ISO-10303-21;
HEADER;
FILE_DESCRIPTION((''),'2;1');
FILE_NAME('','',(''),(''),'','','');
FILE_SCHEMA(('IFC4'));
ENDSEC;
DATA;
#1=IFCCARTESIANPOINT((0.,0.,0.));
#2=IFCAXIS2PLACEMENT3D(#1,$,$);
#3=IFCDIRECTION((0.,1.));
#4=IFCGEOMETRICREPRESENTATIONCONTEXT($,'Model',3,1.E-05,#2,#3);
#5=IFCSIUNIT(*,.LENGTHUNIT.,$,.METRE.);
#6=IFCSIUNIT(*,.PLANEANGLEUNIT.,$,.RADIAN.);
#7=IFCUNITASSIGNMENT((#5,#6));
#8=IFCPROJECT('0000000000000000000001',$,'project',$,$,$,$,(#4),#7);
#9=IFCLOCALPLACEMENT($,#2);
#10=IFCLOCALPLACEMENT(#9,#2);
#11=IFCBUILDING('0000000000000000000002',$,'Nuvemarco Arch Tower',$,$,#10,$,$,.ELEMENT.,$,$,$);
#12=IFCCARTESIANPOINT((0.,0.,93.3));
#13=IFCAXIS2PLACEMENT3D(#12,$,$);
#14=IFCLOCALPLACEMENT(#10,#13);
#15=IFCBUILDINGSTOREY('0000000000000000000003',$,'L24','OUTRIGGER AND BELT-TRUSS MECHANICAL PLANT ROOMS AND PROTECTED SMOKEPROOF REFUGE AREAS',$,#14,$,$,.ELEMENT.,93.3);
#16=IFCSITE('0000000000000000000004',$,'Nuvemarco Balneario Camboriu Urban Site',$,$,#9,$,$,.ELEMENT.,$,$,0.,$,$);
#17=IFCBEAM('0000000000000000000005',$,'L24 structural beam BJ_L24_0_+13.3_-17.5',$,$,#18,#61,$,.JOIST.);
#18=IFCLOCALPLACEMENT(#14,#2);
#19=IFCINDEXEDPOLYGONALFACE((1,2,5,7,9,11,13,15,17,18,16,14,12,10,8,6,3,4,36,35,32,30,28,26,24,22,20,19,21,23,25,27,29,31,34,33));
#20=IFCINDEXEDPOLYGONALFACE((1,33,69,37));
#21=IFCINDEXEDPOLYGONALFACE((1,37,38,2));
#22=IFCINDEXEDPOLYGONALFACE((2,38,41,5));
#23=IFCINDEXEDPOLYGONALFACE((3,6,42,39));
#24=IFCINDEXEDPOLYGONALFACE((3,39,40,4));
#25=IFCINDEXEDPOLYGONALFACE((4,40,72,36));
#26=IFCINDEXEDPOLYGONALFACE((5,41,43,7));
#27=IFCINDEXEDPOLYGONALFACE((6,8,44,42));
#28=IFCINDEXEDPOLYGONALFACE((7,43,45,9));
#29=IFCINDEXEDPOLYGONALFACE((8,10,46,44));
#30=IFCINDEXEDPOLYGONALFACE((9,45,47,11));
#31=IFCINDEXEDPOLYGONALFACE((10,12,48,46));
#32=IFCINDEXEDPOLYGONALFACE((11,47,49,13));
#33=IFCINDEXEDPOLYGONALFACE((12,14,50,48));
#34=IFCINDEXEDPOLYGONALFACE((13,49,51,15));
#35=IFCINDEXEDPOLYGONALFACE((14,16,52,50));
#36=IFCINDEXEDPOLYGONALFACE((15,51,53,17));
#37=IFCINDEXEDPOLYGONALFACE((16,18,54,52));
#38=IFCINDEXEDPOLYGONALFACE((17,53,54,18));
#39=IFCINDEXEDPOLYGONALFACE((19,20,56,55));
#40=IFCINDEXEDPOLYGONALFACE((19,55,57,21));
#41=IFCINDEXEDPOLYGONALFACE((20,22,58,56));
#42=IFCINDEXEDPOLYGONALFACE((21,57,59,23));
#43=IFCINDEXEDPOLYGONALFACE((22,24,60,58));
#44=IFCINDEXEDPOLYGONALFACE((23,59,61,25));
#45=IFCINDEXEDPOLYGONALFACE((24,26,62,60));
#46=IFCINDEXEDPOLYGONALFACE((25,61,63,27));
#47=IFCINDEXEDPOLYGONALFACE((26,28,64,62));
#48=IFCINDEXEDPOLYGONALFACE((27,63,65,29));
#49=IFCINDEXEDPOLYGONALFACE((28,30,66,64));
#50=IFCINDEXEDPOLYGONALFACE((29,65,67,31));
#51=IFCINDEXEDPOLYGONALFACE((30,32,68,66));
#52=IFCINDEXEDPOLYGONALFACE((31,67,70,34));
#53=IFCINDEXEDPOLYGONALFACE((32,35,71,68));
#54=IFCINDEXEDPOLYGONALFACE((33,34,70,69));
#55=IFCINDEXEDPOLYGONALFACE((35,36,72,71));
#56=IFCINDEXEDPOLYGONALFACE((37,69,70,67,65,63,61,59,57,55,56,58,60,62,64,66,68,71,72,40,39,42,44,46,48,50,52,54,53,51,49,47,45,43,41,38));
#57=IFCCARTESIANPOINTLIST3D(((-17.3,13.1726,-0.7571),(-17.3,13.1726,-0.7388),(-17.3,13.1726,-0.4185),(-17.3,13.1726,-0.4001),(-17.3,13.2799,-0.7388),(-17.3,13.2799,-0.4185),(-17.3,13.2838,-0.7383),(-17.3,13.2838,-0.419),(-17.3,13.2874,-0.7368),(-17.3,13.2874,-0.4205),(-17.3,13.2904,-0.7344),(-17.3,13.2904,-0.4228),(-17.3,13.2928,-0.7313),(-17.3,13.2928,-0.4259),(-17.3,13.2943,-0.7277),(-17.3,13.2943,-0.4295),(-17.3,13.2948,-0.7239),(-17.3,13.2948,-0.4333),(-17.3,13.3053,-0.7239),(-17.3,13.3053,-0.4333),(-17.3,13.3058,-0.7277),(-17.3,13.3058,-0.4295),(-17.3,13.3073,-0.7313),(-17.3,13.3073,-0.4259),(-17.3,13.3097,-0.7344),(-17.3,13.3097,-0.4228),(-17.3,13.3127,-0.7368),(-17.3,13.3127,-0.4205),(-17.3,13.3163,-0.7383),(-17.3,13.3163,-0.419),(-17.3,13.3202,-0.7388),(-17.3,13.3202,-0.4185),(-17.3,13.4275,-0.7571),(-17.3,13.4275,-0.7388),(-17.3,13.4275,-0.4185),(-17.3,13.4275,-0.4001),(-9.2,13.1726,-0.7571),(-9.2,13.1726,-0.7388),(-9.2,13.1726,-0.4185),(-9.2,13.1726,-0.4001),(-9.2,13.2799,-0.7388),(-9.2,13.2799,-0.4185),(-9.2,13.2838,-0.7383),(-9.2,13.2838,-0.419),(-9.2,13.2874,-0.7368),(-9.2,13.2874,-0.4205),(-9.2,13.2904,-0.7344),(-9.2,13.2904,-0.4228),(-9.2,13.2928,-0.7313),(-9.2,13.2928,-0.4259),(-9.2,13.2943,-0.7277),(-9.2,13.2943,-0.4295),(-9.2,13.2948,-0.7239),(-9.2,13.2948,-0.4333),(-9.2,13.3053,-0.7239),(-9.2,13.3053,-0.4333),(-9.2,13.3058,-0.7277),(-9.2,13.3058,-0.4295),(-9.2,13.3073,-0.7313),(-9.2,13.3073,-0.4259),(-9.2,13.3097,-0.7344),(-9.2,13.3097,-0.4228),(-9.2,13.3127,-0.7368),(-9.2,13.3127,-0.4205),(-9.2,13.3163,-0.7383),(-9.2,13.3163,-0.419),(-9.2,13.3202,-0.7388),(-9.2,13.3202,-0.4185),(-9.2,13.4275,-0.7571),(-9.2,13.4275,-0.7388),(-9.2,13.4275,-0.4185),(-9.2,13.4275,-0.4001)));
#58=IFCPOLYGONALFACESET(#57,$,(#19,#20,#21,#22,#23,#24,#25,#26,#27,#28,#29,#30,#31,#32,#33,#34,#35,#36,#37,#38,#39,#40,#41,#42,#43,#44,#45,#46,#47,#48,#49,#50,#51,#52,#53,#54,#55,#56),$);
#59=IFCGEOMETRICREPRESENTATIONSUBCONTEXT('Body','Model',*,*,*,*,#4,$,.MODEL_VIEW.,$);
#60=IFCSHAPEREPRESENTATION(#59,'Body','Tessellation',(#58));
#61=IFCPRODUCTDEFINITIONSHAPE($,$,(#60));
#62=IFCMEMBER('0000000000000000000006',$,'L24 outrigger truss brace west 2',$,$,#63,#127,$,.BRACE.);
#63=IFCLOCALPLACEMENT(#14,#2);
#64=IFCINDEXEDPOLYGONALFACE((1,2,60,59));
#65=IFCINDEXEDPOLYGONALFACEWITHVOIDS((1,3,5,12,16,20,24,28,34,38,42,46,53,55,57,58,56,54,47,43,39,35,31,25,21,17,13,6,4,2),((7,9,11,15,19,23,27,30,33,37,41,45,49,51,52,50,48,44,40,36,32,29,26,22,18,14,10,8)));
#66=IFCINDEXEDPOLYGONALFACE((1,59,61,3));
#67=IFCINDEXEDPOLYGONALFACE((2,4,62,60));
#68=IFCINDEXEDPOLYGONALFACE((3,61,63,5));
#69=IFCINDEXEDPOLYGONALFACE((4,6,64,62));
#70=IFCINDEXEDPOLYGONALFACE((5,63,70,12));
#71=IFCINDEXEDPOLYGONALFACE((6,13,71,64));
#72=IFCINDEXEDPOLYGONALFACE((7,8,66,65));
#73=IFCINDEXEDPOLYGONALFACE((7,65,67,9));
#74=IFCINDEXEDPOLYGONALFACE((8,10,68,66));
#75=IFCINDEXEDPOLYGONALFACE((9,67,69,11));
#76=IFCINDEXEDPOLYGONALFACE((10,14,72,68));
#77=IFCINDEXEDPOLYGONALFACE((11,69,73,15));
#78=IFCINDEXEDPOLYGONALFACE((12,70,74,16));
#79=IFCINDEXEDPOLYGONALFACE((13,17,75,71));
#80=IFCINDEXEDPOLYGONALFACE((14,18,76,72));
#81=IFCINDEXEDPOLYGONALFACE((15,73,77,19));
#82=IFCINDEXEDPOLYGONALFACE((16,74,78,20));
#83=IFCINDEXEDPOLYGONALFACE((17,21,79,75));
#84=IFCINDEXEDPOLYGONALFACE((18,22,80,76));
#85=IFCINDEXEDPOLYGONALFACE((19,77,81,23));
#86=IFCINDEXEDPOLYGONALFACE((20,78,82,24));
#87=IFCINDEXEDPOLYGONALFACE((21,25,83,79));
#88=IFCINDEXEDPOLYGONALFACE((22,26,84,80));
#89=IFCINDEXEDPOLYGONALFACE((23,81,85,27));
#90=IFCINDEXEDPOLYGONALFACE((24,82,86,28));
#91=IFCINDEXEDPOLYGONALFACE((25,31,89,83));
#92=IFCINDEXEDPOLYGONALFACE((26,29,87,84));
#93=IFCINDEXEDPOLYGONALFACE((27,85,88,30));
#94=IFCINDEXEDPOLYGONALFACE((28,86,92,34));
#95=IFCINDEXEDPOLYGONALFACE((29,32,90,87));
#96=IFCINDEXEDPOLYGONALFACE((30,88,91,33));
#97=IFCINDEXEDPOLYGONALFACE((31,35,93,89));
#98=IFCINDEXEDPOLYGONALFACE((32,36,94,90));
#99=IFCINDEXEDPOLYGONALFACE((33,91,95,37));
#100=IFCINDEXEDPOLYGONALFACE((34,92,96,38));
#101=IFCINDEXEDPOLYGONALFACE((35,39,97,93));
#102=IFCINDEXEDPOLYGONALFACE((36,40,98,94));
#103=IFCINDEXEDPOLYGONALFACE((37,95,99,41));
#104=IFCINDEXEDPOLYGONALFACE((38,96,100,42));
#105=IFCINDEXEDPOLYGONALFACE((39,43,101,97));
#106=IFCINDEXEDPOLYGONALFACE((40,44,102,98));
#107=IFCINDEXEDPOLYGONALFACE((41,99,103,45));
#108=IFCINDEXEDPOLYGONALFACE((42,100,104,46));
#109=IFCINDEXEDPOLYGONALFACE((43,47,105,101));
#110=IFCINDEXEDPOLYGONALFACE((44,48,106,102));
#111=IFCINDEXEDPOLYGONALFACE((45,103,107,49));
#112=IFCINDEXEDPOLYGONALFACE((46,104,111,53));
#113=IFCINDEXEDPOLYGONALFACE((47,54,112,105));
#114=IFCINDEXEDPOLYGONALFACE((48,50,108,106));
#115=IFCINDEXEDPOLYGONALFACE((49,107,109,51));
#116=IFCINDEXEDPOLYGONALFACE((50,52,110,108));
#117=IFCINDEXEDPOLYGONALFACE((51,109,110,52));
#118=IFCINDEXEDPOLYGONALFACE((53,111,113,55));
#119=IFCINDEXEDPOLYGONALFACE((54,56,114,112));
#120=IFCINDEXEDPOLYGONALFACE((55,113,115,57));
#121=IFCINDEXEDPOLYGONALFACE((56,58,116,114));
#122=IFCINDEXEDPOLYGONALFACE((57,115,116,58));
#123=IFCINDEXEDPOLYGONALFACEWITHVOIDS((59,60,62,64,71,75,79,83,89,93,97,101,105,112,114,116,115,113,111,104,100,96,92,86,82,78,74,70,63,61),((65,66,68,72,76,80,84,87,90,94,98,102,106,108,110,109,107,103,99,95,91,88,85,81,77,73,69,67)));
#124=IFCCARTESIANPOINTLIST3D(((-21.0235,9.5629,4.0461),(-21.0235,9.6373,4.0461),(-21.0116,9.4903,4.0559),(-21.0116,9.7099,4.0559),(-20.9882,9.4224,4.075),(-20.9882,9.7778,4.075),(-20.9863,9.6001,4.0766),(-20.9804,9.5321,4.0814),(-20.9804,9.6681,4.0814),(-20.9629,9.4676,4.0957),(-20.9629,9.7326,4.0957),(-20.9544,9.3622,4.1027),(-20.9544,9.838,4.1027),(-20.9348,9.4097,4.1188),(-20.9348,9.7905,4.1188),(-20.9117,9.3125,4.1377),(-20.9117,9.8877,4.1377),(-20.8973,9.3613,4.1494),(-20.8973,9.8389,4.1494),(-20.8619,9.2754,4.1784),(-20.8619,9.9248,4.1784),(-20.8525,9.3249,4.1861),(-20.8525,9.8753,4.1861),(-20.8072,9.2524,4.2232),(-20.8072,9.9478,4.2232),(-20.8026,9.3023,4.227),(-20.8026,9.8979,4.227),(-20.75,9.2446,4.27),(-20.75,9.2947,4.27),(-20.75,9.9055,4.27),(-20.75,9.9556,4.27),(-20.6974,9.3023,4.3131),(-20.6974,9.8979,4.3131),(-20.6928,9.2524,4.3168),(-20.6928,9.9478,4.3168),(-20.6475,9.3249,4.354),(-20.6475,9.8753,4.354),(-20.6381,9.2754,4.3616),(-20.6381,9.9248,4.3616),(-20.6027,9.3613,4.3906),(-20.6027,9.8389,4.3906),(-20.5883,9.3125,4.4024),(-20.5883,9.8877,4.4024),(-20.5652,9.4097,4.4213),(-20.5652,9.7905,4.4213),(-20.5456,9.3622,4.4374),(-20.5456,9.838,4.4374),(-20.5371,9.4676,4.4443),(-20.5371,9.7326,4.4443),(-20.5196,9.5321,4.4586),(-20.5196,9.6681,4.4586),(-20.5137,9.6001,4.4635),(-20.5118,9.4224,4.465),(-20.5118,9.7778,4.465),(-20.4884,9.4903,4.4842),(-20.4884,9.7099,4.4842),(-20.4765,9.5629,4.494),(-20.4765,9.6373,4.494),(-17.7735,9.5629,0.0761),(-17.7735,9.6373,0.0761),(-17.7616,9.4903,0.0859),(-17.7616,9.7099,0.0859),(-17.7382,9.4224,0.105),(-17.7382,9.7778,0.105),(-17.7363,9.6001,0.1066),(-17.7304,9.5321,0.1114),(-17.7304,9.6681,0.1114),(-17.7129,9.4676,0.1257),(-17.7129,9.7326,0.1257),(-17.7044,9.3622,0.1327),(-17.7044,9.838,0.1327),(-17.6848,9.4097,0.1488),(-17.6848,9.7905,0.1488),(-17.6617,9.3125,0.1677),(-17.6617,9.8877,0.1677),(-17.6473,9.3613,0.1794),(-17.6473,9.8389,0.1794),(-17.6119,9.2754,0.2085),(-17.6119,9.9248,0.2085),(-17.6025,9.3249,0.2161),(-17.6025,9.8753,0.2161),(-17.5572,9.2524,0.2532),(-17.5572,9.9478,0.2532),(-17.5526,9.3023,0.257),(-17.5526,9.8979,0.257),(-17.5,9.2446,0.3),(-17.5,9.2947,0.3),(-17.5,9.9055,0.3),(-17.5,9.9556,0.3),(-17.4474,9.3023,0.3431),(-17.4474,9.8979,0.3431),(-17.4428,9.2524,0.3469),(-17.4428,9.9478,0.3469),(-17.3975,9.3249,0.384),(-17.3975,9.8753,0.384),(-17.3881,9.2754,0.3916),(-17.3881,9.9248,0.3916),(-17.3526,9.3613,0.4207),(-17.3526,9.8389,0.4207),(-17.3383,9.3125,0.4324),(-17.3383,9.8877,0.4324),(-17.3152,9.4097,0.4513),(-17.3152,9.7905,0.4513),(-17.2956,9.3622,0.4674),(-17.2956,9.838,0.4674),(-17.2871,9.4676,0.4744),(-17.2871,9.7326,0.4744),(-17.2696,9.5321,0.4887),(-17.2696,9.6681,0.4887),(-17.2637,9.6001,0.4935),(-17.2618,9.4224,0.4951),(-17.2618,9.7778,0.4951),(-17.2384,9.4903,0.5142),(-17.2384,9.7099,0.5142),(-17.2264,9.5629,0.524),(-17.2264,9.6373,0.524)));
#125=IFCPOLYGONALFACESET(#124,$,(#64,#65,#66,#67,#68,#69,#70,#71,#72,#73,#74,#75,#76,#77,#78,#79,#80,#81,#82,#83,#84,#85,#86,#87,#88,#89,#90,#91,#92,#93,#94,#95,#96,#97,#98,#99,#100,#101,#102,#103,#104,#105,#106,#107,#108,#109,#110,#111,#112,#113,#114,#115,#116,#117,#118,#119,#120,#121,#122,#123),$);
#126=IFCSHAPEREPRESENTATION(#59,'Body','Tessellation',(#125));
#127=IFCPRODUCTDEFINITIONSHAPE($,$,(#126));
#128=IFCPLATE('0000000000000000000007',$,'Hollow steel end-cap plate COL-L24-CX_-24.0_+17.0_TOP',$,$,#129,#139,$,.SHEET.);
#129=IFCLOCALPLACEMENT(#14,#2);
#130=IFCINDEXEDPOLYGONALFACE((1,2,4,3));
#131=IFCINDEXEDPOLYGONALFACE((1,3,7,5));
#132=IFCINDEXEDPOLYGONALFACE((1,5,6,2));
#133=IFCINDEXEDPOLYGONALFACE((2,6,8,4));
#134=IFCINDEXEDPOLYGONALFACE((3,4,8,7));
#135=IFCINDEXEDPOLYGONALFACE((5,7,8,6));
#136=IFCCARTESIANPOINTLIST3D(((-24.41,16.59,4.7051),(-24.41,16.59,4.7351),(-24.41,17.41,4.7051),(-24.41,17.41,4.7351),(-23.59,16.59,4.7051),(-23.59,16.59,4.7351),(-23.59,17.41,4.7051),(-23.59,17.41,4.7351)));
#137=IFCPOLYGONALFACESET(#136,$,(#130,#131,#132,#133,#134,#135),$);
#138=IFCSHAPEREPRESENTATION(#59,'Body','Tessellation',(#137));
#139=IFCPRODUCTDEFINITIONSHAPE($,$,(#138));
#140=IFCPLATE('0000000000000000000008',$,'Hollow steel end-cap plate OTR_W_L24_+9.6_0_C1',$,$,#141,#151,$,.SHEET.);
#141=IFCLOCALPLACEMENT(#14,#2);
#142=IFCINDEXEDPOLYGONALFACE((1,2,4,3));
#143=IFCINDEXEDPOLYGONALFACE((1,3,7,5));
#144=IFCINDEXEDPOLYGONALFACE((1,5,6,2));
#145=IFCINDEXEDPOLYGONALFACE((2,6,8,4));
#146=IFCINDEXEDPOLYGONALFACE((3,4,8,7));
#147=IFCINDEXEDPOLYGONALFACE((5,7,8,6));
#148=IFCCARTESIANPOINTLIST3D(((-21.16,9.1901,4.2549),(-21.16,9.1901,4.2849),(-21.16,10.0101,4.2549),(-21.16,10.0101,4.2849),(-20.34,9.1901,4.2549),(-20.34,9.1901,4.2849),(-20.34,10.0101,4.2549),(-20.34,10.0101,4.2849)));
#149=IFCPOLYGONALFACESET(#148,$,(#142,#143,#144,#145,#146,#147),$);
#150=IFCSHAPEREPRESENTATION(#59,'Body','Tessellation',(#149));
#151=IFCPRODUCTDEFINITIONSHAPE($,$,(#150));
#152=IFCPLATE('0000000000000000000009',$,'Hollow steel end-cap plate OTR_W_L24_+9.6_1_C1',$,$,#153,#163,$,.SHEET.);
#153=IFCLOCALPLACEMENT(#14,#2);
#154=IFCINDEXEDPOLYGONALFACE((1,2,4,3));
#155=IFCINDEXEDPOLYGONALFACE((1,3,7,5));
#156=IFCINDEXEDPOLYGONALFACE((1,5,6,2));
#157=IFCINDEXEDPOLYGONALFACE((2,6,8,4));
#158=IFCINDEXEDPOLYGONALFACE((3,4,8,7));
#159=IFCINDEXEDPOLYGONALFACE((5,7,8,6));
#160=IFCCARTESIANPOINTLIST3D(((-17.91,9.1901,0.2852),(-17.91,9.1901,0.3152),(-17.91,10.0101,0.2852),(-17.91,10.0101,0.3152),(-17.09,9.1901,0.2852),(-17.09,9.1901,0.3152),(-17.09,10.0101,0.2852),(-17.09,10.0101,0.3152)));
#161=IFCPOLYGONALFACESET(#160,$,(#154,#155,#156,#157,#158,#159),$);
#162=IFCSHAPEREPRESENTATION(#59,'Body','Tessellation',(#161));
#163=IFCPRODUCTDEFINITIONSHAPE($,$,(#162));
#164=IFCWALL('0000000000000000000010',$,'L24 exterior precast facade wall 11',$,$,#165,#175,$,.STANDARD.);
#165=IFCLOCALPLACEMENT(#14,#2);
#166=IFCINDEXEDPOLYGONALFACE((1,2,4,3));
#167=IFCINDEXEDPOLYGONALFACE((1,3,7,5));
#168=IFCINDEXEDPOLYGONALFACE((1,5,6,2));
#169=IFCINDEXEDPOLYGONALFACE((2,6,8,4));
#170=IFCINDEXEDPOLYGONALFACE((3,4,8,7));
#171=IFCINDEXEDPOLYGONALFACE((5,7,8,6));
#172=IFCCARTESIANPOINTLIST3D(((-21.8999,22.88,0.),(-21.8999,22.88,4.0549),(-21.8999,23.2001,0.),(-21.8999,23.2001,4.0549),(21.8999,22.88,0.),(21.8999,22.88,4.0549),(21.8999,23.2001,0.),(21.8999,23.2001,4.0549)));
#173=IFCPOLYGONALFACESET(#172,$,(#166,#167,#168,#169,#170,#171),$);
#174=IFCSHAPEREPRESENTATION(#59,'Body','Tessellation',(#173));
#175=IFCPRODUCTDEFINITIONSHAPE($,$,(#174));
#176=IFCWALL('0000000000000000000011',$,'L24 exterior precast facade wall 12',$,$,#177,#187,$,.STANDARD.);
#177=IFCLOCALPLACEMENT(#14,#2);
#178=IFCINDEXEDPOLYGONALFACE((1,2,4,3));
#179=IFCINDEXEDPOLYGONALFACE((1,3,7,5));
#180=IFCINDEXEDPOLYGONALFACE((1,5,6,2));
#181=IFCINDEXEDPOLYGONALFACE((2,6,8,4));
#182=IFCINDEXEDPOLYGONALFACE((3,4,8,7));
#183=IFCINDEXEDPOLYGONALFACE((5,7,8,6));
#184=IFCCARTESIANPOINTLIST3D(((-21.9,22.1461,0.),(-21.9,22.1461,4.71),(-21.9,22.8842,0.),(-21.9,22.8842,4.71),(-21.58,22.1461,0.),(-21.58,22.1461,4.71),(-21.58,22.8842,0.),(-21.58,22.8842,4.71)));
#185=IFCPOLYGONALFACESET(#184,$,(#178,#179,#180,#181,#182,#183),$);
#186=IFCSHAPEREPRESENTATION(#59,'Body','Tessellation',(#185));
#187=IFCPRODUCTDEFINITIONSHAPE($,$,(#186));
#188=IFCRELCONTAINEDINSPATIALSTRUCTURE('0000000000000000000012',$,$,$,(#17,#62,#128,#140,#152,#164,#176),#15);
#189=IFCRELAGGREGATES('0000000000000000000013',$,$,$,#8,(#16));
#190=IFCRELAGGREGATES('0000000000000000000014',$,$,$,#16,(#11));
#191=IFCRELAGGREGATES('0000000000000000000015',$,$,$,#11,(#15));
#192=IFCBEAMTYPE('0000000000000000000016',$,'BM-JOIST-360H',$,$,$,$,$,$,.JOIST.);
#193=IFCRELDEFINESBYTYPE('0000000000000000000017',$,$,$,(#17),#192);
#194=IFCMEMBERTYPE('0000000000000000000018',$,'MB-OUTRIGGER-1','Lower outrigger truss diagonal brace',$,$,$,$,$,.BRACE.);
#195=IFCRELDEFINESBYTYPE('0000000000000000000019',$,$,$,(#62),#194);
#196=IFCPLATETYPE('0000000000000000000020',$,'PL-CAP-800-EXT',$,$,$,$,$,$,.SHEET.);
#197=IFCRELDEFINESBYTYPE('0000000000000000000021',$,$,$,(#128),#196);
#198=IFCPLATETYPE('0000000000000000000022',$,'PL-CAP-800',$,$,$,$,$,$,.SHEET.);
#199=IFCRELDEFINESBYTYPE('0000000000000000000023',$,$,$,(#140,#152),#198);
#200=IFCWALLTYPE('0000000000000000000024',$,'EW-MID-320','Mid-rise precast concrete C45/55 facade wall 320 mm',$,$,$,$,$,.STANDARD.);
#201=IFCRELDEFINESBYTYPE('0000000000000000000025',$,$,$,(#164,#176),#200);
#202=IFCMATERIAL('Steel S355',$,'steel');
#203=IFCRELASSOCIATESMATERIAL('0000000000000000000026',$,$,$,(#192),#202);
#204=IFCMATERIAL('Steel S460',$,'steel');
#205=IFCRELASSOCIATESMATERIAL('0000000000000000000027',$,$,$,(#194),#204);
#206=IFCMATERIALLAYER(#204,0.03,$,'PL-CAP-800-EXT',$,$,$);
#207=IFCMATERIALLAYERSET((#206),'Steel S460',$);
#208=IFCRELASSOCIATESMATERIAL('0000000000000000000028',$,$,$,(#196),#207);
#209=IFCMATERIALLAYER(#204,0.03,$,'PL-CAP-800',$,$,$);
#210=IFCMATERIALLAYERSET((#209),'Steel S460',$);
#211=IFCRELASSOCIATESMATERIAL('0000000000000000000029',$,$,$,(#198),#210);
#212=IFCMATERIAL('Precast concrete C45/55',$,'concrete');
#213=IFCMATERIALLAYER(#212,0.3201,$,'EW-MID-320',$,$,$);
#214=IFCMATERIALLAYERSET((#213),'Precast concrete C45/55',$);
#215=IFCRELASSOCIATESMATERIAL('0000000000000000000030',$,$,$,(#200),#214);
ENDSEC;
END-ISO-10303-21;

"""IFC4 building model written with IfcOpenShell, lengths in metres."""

from ifc_helpers import new_model, si_unit, direction, frame, frame_2d, origin, origin_2d, place, context, subcontext, project, spatial, rectangle, hollow_circle, i_section, extrude, source, transform, mapped, material, layer, layer_set, material_profile, profile_set, type_object, type_shapes, element, save


model = new_model("IFC4")

# Units and contexts
model_context = context("Model", 3, precision=1e-05, world=origin(), true_north=direction((0.0, 1.0)))
body_context = subcontext(model_context, "Body", "Model", "MODEL_VIEW")
ifc_project = project(units=[si_unit("LENGTHUNIT", "METRE"), si_unit("PLANEANGLEUNIT", "RADIAN")], contexts=[model_context])

# Site, building, storey
site_placement = place(None, origin())
site = spatial("IfcSite", under=ifc_project, at=site_placement, Name="Nuvemarco Balneario Camboriu Urban Site", CompositionType="ELEMENT", RefElevation=0.0)
building_placement = place(site_placement, origin())
building = spatial("IfcBuilding", under=site, at=building_placement, Name="Nuvemarco Arch Tower", CompositionType="ELEMENT")
storey_placement = place(building_placement, frame((0.0, 0.0, 93.3)))
storey = spatial("IfcBuildingStorey", under=building, at=storey_placement, Name="L24", Description="OUTRIGGER AND BELT-TRUSS MECHANICAL PLANT ROOMS AND PROTECTED SMOKEPROOF REFUGE AREAS", CompositionType="ELEMENT", Elevation=93.3)

# Shared definitions
ifc_material_1 = material(Name="Steel S460", Category="steel")
ifc_material_2 = material(Name="Steel S355", Category="steel")

# Beam
ifc_material_profile_1 = material_profile(ifc_material_2, i_section(OverallWidth=0.2549, OverallDepth=0.3569, WebThickness=0.0105, FlangeThickness=0.0183, FilletRadius=0.0149, at=origin_2d()), Name="W360x101")
ifc_profile_set_1 = profile_set([ifc_material_profile_1], Name="Steel S355")
beam_type_1 = type_object("IfcBeamType", Name="BM-JOIST-360H", PredefinedType="JOIST", material=ifc_profile_set_1)
beam_1_placement = place(storey_placement, frame((-17.3, 13.3, -0.5786), z_axis=(1.0, 0.0, 0.0), x_axis=(0.0, 1.0, 0.0)))
element("IfcBeam", 1, at=beam_1_placement, inside=storey, type_object=beam_type_1, Name="L24 structural beam BJ_L24_0_+13.3_-17.5", PredefinedType="JOIST", context=body_context, shape_type="SweptSolid", body=[
    extrude(i_section(OverallWidth=0.2549, OverallDepth=0.3569, WebThickness=0.0105, FlangeThickness=0.0183, FilletRadius=0.0149, at=origin_2d()), origin(), (0.0, 0.0, 1.0), 8.1001),
])

# Member
ifc_material_profile_2 = material_profile(ifc_material_1, hollow_circle(Radius=0.3555, WallThickness=0.05, at=origin_2d()), Name="CHS711x50")
ifc_profile_set_2 = profile_set([ifc_material_profile_2], Name="Steel S460")
member_type = type_object("IfcMemberType", Name="MB-OUTRIGGER-1", Description="Lower outrigger truss diagonal brace", PredefinedType="BRACE", material=ifc_profile_set_2)
member_placement = place(storey_placement, frame((-20.75, 9.6001, 4.27), z_axis=(0.633453, 0.0, -0.773781), x_axis=(0.0, 1.0, 0.0)))
element("IfcMember", 2, at=member_placement, inside=storey, type_object=member_type, Name="L24 outrigger truss brace west 2", PredefinedType="BRACE", context=body_context, shape_type="SweptSolid", body=[
    extrude(hollow_circle(Radius=0.3555, WallThickness=0.05, at=origin_2d()), origin(), (0.0, 0.0, 1.0), 5.1306),
])

# Plates
ifc_layer_1 = layer(ifc_material_1, 0.03, Name="PL-CAP-800-EXT")
ifc_layer_set_1 = layer_set([ifc_layer_1], Name="Steel S460")
plate_type_1 = type_object("IfcPlateType", Name="PL-CAP-800-EXT", PredefinedType="SHEET", material=ifc_layer_set_1)
shared_shape_1 = source(origin(), body_context, "Body", "SweptSolid", [
    extrude(rectangle(XDim=0.8201, YDim=0.8201, at=origin_2d()), origin(), (0.0, 0.0, 1.0), 0.03),
])
type_shapes(plate_type_1, [shared_shape_1])
plate_placement = place(storey_placement, frame((-24.0, 17.0, 4.7051), z_axis=(0.0, 0.0, 1.0), x_axis=(1.0, 0.0, 0.0)))
element("IfcPlate", 3, at=plate_placement, inside=storey, type_object=plate_type_1, Name="Hollow steel end-cap plate COL-L24-CX_-24.0_+17.0_TOP", PredefinedType="SHEET", context=body_context, shape_type="MappedRepresentation", body=[
    mapped(shared_shape_1, transform((0.0, 0.0, 0.0), scale=1.0)),
])
ifc_layer_2 = layer(ifc_material_1, 0.03, Name="PL-CAP-800")
ifc_layer_set_2 = layer_set([ifc_layer_2], Name="Steel S460")
plate_type_2 = type_object("IfcPlateType", Name="PL-CAP-800", PredefinedType="SHEET", material=ifc_layer_set_2)
shared_shape_2 = source(origin(), body_context, "Body", "SweptSolid", [
    extrude(rectangle(XDim=0.8201, YDim=0.8201, at=origin_2d()), origin(), (0.0, 0.0, 1.0), 0.03),
])
type_shapes(plate_type_2, [shared_shape_2])
for number, where, z_axis, x_axis, name in (
    (4, (-20.75, 9.6001, 4.2549), (0.0, 0.0, 1.0), (1.0, 0.0, 0.0), "Hollow steel end-cap plate OTR_W_L24_+9.6_0_C1"),
    (5, (-17.5, 9.6001, 0.2852), (0.0, 0.0, 1.0), (1.0, 0.0, 0.0), "Hollow steel end-cap plate OTR_W_L24_+9.6_1_C1"),
):
    element("IfcPlate", number, at=place(storey_placement, frame(where, z_axis=z_axis, x_axis=x_axis)), inside=storey, type_object=plate_type_2, Name=name, PredefinedType="SHEET", context=body_context, shape_type="MappedRepresentation", body=[
        mapped(shared_shape_2, transform((0.0, 0.0, 0.0), scale=1.0)),
    ])

# Walls
ifc_material_3 = material(Name="Precast concrete C45/55", Category="concrete")
ifc_layer_3 = layer(ifc_material_3, 0.3201, Name="EW-MID-320")
ifc_layer_set_3 = layer_set([ifc_layer_3], Name="Precast concrete C45/55")
wall_type_1 = type_object("IfcWallType", Name="EW-MID-320", Description="Mid-rise precast concrete C45/55 facade wall 320 mm", PredefinedType="STANDARD", material=ifc_layer_set_3)
wall_1_placement = place(storey_placement, frame((-21.8999, 23.04, 0.0), z_axis=(0.0, 0.0, 1.0), x_axis=(1.0, 0.0, 0.0)))
element("IfcWall", 6, at=wall_1_placement, inside=storey, type_object=wall_type_1, Name="L24 exterior precast facade wall 11", PredefinedType="STANDARD", context=body_context, shape_type="SweptSolid", body=[
    extrude(rectangle(XDim=43.7998, YDim=0.3201, at=frame_2d((21.8999, 0.0))), origin(), (0.0, 0.0, 1.0), 4.0549),
])
wall_2_placement = place(storey_placement, frame((-21.74, 22.146, 0.0), z_axis=(0.0, 0.0, 1.0), x_axis=(0.0, 1.0, 0.0)))
element("IfcWall", 7, at=wall_2_placement, inside=storey, type_object=wall_type_1, Name="L24 exterior precast facade wall 12", PredefinedType="STANDARD", context=body_context, shape_type="SweptSolid", body=[
    extrude(rectangle(XDim=0.738, YDim=0.3201, at=frame_2d((0.3691, 0.0))), origin(), (0.0, 0.0, 1.0), 4.71),
])

save(model, "model.ifc")
